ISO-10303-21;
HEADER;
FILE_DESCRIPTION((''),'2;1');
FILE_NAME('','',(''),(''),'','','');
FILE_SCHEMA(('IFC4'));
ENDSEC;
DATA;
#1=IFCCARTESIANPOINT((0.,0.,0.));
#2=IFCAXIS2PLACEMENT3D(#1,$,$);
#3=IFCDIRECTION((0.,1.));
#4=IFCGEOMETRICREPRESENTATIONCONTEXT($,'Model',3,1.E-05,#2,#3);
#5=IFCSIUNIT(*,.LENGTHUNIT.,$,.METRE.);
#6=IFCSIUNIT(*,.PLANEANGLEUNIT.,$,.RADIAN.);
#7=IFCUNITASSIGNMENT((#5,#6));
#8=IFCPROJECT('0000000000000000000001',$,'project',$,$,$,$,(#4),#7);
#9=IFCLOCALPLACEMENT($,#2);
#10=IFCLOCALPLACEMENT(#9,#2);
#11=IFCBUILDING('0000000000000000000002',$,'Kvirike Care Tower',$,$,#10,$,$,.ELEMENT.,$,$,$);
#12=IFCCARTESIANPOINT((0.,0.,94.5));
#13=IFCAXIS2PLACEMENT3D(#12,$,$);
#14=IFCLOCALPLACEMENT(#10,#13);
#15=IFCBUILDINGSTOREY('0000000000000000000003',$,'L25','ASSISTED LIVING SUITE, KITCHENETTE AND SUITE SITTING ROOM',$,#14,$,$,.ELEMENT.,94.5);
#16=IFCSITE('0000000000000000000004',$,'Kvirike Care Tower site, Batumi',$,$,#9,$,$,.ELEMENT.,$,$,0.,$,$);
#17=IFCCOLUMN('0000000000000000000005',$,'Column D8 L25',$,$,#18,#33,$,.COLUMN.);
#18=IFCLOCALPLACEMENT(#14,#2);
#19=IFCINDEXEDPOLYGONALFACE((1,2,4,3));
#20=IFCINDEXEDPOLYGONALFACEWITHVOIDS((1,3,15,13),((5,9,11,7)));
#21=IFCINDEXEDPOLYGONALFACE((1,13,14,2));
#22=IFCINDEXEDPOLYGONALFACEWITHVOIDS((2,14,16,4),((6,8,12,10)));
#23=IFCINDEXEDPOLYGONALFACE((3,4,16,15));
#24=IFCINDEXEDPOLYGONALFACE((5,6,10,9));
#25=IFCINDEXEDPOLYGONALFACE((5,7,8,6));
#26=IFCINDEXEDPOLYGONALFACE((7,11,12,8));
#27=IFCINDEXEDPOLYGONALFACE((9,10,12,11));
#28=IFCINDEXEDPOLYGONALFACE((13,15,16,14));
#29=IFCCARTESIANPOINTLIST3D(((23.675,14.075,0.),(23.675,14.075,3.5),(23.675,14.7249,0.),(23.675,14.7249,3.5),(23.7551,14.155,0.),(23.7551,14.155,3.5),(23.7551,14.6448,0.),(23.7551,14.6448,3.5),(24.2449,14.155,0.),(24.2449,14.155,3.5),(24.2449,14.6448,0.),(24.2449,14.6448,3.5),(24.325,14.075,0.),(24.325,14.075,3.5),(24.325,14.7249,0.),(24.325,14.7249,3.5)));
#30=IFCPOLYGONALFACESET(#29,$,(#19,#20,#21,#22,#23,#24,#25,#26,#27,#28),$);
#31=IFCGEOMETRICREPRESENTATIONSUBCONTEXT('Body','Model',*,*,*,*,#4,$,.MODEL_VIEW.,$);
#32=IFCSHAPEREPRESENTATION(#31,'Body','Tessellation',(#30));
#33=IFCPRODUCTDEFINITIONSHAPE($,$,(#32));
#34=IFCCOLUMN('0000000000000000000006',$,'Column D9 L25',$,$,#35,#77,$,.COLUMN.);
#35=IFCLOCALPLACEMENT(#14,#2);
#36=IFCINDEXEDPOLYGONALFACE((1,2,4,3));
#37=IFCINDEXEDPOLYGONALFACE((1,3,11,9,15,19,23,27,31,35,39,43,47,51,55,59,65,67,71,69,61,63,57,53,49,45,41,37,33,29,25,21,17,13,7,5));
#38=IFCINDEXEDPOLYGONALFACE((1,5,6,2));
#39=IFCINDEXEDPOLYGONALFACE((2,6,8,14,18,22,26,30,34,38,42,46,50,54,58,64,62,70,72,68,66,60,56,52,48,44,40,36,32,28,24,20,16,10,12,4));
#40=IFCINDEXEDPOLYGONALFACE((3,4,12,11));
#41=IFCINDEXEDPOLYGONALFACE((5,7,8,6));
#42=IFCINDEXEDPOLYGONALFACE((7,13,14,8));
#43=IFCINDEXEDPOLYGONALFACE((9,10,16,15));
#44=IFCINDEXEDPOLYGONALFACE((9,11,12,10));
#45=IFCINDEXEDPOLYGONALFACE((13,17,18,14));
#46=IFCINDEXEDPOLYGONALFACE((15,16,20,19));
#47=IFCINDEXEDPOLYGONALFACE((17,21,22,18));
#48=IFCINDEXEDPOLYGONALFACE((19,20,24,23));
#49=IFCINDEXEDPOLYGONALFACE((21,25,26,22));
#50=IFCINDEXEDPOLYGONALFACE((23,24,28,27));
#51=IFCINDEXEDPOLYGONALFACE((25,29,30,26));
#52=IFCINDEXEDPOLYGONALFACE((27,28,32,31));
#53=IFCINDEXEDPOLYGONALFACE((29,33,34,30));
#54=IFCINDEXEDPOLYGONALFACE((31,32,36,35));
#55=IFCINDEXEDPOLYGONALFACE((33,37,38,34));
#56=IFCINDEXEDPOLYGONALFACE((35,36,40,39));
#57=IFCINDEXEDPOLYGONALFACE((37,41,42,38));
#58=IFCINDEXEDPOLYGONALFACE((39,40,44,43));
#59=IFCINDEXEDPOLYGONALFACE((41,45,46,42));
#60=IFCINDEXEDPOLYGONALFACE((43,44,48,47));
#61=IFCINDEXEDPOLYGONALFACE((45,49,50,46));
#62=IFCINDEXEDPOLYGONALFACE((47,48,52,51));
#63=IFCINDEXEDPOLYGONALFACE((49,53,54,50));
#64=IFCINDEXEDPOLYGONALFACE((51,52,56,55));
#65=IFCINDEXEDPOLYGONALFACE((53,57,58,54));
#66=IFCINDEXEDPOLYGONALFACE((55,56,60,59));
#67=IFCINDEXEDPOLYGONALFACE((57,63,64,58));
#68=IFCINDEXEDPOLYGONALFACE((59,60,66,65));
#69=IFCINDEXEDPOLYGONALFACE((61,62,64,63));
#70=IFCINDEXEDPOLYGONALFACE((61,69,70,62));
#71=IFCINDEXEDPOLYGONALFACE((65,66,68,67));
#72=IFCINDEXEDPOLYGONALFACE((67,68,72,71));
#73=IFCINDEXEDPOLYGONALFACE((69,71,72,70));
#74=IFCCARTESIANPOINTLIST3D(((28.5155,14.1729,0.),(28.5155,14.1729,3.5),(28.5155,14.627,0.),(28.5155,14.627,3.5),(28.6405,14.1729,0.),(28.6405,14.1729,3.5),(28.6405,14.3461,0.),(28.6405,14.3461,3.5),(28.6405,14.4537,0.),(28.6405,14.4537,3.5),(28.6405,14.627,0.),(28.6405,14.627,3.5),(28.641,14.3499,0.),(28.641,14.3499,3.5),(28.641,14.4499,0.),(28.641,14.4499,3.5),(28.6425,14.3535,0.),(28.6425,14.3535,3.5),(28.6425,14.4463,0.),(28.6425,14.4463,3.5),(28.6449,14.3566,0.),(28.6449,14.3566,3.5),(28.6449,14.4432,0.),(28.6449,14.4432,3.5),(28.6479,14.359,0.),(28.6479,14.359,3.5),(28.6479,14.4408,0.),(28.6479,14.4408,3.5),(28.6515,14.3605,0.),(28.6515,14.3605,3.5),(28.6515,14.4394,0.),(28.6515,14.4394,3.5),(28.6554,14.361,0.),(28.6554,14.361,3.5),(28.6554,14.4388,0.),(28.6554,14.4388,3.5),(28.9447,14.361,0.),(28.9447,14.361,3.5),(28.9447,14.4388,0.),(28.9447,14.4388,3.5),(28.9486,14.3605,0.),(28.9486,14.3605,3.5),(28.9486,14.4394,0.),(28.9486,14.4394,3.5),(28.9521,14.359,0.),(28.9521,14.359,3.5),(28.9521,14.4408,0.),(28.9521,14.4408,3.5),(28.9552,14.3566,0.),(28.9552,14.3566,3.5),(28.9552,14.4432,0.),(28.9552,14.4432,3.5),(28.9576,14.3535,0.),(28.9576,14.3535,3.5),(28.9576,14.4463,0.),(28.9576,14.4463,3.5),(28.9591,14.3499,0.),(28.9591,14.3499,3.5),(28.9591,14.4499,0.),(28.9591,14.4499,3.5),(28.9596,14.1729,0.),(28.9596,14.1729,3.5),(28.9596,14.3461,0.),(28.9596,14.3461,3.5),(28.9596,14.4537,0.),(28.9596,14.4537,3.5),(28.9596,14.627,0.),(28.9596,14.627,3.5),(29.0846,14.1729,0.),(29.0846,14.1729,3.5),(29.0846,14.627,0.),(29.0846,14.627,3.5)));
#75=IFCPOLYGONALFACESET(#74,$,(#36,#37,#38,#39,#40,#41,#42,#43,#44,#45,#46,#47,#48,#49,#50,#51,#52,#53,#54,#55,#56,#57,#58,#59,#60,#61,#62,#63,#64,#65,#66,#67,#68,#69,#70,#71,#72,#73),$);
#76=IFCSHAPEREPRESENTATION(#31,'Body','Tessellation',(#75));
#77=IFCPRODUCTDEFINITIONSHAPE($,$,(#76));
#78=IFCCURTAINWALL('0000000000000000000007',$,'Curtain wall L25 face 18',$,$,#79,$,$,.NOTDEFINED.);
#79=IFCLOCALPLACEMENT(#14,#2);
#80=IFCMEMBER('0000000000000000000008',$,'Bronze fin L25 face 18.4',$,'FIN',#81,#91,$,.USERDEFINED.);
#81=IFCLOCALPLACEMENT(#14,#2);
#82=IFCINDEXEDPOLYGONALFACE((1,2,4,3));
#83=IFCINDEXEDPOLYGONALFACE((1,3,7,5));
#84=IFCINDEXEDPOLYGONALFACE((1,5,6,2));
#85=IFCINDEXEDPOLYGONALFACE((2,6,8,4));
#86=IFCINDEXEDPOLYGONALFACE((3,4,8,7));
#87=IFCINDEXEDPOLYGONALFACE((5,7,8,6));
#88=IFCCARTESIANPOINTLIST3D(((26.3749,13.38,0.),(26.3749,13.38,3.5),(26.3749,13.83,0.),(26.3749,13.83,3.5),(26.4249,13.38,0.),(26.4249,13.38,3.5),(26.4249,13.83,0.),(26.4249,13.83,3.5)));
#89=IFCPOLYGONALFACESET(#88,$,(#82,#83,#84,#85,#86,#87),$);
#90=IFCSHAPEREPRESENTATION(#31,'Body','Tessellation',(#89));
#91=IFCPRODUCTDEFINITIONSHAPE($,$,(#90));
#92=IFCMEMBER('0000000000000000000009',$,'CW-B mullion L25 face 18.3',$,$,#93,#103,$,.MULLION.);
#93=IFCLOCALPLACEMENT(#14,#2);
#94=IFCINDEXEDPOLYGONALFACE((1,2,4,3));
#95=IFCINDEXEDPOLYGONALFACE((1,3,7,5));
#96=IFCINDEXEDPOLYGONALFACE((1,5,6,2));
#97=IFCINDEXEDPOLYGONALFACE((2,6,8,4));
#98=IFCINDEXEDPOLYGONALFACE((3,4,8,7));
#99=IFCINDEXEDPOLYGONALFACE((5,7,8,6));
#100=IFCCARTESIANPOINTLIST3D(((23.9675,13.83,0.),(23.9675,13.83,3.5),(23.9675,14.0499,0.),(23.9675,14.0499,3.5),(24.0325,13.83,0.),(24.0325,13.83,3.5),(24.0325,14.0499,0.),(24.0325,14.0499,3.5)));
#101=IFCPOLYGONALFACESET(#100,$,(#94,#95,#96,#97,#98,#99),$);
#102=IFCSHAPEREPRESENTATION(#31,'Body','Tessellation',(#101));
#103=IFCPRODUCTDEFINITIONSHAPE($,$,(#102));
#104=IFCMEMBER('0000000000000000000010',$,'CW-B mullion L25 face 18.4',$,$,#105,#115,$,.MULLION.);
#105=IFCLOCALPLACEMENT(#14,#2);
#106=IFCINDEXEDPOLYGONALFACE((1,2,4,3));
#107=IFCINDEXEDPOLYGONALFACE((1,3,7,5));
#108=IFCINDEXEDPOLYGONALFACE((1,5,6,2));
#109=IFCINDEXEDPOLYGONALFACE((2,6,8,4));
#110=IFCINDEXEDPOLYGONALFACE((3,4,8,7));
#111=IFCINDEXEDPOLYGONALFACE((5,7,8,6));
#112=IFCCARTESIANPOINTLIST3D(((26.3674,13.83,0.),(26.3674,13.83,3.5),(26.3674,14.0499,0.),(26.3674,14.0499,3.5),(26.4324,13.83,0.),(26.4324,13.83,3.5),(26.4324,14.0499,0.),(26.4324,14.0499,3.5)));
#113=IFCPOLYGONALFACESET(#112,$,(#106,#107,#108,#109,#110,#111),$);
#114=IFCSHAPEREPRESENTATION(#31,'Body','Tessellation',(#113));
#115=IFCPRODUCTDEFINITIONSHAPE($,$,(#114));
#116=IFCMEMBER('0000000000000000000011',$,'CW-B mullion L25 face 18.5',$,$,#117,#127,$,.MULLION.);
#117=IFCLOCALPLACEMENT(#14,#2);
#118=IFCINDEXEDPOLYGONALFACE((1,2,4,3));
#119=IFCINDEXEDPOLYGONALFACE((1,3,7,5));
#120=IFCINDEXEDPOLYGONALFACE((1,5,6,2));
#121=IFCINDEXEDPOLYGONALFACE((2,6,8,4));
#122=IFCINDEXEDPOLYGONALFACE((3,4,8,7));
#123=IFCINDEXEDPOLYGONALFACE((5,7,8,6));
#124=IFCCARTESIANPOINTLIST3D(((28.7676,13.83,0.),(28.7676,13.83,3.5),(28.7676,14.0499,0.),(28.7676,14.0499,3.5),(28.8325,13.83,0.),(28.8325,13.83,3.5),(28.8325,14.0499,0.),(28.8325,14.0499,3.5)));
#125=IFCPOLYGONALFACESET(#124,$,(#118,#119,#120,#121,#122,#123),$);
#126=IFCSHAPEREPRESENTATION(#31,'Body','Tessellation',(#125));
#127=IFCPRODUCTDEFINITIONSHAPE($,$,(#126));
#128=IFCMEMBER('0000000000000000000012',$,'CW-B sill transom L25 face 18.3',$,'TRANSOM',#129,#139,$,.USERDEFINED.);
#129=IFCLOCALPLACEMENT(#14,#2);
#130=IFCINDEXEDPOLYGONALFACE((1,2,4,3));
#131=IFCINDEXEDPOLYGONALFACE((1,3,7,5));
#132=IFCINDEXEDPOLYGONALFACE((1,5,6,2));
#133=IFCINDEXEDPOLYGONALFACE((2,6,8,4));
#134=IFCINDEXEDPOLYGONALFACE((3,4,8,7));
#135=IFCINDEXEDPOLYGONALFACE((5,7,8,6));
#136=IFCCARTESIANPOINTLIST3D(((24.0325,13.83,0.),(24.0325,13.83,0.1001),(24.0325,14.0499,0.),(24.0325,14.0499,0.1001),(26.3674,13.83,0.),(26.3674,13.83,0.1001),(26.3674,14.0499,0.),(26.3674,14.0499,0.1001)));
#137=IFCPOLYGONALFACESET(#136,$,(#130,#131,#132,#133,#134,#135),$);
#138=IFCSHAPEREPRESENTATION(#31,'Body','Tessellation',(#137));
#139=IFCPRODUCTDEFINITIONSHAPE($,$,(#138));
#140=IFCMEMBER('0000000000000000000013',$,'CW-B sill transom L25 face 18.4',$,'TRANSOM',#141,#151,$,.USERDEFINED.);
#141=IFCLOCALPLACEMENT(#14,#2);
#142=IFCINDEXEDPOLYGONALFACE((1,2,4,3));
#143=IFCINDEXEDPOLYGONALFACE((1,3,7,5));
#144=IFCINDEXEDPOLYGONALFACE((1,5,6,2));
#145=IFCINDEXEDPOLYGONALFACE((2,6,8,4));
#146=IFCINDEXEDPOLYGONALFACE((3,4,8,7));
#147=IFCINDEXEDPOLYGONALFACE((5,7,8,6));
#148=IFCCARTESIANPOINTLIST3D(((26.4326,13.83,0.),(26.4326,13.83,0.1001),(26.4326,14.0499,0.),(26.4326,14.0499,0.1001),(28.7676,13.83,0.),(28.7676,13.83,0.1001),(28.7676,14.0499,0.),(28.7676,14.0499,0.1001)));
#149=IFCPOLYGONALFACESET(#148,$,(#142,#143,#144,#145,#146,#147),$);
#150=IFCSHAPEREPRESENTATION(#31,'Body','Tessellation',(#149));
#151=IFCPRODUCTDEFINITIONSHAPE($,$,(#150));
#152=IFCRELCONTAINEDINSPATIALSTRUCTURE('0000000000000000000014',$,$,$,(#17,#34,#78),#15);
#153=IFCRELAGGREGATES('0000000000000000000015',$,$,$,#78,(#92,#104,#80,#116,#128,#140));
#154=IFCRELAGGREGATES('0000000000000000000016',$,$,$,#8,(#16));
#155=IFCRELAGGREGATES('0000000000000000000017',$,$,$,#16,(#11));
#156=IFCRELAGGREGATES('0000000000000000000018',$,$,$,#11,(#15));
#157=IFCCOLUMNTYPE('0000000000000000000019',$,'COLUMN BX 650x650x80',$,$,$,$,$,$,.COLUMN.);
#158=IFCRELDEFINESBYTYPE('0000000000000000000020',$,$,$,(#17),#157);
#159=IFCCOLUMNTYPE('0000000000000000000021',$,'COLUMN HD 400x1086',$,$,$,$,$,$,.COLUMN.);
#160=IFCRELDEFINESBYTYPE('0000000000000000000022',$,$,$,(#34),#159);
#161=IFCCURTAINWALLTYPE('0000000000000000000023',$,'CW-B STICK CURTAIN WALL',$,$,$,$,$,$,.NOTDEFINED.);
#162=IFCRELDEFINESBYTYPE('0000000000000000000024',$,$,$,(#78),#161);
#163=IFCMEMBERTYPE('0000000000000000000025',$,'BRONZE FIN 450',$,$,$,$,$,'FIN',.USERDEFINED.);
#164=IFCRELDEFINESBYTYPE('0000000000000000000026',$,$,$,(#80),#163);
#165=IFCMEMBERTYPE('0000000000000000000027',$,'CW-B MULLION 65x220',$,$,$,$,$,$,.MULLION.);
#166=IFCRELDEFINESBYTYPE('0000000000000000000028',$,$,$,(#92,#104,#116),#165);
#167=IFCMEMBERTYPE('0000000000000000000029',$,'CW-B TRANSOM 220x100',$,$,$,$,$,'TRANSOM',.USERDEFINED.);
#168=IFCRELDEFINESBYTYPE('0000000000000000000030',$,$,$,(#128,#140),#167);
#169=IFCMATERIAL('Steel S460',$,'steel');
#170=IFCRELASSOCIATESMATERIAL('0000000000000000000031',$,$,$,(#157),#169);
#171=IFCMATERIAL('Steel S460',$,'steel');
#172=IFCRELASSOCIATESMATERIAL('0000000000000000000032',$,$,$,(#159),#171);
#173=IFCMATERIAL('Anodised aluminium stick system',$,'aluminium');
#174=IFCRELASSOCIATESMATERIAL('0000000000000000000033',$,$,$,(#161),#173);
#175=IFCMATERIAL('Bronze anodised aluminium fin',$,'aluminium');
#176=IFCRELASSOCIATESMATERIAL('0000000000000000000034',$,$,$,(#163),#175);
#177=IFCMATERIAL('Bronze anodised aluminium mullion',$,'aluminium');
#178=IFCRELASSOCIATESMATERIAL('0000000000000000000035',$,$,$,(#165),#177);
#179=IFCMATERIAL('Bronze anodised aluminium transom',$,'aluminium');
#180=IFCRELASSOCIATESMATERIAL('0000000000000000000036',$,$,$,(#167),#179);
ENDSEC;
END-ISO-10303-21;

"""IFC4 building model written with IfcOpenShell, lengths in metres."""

from ifc_helpers import new_model, si_unit, direction, frame, origin, origin_2d, place, context, subcontext, project, spatial, rectangle, hollow_rectangle, i_section, extrude, material, material_profile, profile_set, type_object, element, aggregate, save


model = new_model("IFC4")

# Units and contexts
model_context = context("Model", 3, precision=1e-05, world=origin(), true_north=direction((0.0, 1.0)))
body_context = subcontext(model_context, "Body", "Model", "MODEL_VIEW")
ifc_project = project(units=[si_unit("LENGTHUNIT", "METRE"), si_unit("PLANEANGLEUNIT", "RADIAN")], contexts=[model_context])

# Site, building, storey
site_placement = place(None, origin())
site = spatial("IfcSite", under=ifc_project, at=site_placement, Name="Kvirike Care Tower site, Batumi", CompositionType="ELEMENT", RefElevation=0.0)
building_placement = place(site_placement, origin())
building = spatial("IfcBuilding", under=site, at=building_placement, Name="Kvirike Care Tower", CompositionType="ELEMENT")
storey_placement = place(building_placement, frame((0.0, 0.0, 94.5)))
storey = spatial("IfcBuildingStorey", under=building, at=storey_placement, Name="L25", Description="ASSISTED LIVING SUITE, KITCHENETTE AND SUITE SITTING ROOM", CompositionType="ELEMENT", Elevation=94.5)

# Columns
ifc_material_1 = material(Name="Steel S460", Category="steel")
ifc_material_profile_1 = material_profile(ifc_material_1, hollow_rectangle(XDim=0.6499, YDim=0.6499, WallThickness=0.0801, at=origin_2d()), Name="BX 650x650x80")
ifc_profile_set_1 = profile_set([ifc_material_profile_1], Name="Steel S460")
column_type_1 = type_object("IfcColumnType", Name="COLUMN BX 650x650x80", PredefinedType="COLUMN", material=ifc_profile_set_1)
column_1_placement = place(storey_placement, frame((24.0, 14.3999, 0.0), z_axis=(0.0, 0.0, 1.0), x_axis=(0.0, 1.0, 0.0)))
element("IfcColumn", 1, at=column_1_placement, inside=storey, type_object=column_type_1, Name="Column D8 L25", PredefinedType="COLUMN", context=body_context, shape_type="SweptSolid", body=[
    extrude(hollow_rectangle(XDim=0.6499, YDim=0.6499, WallThickness=0.0801, at=origin_2d()), origin(), (0.0, 0.0, 1.0), 3.5),
])
ifc_material_2 = material(Name="Steel S460", Category="steel")
ifc_material_profile_2 = material_profile(ifc_material_2, i_section(OverallWidth=0.4541, OverallDepth=0.5691, WebThickness=0.0779, FlangeThickness=0.125, FilletRadius=0.0149, at=origin_2d()), Name="HD 400x1086")
ifc_profile_set_2 = profile_set([ifc_material_profile_2], Name="Steel S460")
column_type_2 = type_object("IfcColumnType", Name="COLUMN HD 400x1086", PredefinedType="COLUMN", material=ifc_profile_set_2)
column_2_placement = place(storey_placement, frame((28.8, 14.3999, 0.0), z_axis=(0.0, 0.0, 1.0), x_axis=(0.0, 1.0, 0.0)))
element("IfcColumn", 2, at=column_2_placement, inside=storey, type_object=column_type_2, Name="Column D9 L25", PredefinedType="COLUMN", context=body_context, shape_type="SweptSolid", body=[
    extrude(i_section(OverallWidth=0.4541, OverallDepth=0.5691, WebThickness=0.0779, FlangeThickness=0.125, FilletRadius=0.0149, at=origin_2d()), origin(), (0.0, 0.0, 1.0), 3.5),
])

# Curtain wall, members
ifc_material_3 = material(Name="Anodised aluminium stick system", Category="aluminium")
curtain_wall_type = type_object("IfcCurtainWallType", Name="CW-B STICK CURTAIN WALL", PredefinedType="NOTDEFINED", material=ifc_material_3)
curtain_wall_placement = place(storey_placement, origin())
curtain_wall = element("IfcCurtainWall", 3, at=curtain_wall_placement, inside=storey, type_object=curtain_wall_type, Name="Curtain wall L25 face 18", PredefinedType="NOTDEFINED")
ifc_material_4 = material(Name="Bronze anodised aluminium fin", Category="aluminium")
ifc_material_profile_3 = material_profile(ifc_material_4, rectangle(XDim=0.05, YDim=0.45, at=origin_2d()), Name="BRONZE FIN 450")
ifc_profile_set_3 = profile_set([ifc_material_profile_3], Name="Bronze anodised aluminium fin")
member_type_1 = type_object("IfcMemberType", Name="BRONZE FIN 450", ElementType="FIN", PredefinedType="USERDEFINED", material=ifc_profile_set_3)
member_1_placement = place(storey_placement, frame((26.3999, 13.605, 0.0), z_axis=(0.0, 0.0, 1.0), x_axis=(1.0, 0.0, 0.0)))
member_1 = element("IfcMember", 4, at=member_1_placement, type_object=member_type_1, Name="Bronze fin L25 face 18.4", ObjectType="FIN", PredefinedType="USERDEFINED", context=body_context, shape_type="SweptSolid", body=[
    extrude(rectangle(XDim=0.05, YDim=0.45, at=origin_2d()), origin(), (0.0, 0.0, 1.0), 3.5),
])
ifc_material_5 = material(Name="Bronze anodised aluminium mullion", Category="aluminium")
ifc_material_profile_4 = material_profile(ifc_material_5, rectangle(XDim=0.0649, YDim=0.22, at=origin_2d()), Name="CW-B MULLION 65x220")
ifc_profile_set_4 = profile_set([ifc_material_profile_4], Name="Bronze anodised aluminium mullion")
member_type_2 = type_object("IfcMemberType", Name="CW-B MULLION 65x220", PredefinedType="MULLION", material=ifc_profile_set_4)
member_2_placement = place(storey_placement, frame((24.0, 13.9399, 0.0), z_axis=(0.0, 0.0, 1.0), x_axis=(1.0, 0.0, 0.0)))
member_2 = element("IfcMember", 5, at=member_2_placement, type_object=member_type_2, Name="CW-B mullion L25 face 18.3", PredefinedType="MULLION", context=body_context, shape_type="SweptSolid", body=[
    extrude(rectangle(XDim=0.0649, YDim=0.22, at=origin_2d()), origin(), (0.0, 0.0, 1.0), 3.5),
])
member_3_placement = place(storey_placement, frame((26.3999, 13.9399, 0.0), z_axis=(0.0, 0.0, 1.0), x_axis=(1.0, 0.0, 0.0)))
member_3 = element("IfcMember", 6, at=member_3_placement, type_object=member_type_2, Name="CW-B mullion L25 face 18.4", PredefinedType="MULLION", context=body_context, shape_type="SweptSolid", body=[
    extrude(rectangle(XDim=0.0649, YDim=0.22, at=origin_2d()), origin(), (0.0, 0.0, 1.0), 3.5),
])
member_4_placement = place(storey_placement, frame((28.8, 13.9399, 0.0), z_axis=(0.0, 0.0, 1.0), x_axis=(1.0, 0.0, 0.0)))
member_4 = element("IfcMember", 7, at=member_4_placement, type_object=member_type_2, Name="CW-B mullion L25 face 18.5", PredefinedType="MULLION", context=body_context, shape_type="SweptSolid", body=[
    extrude(rectangle(XDim=0.0649, YDim=0.22, at=origin_2d()), origin(), (0.0, 0.0, 1.0), 3.5),
])
ifc_material_6 = material(Name="Bronze anodised aluminium transom", Category="aluminium")
ifc_material_profile_5 = material_profile(ifc_material_6, rectangle(XDim=0.22, YDim=0.1001, at=origin_2d()), Name="CW-B TRANSOM 220x100")
ifc_profile_set_5 = profile_set([ifc_material_profile_5], Name="Bronze anodised aluminium transom")
member_type_3 = type_object("IfcMemberType", Name="CW-B TRANSOM 220x100", ElementType="TRANSOM", PredefinedType="USERDEFINED", material=ifc_profile_set_5)
member_5_placement = place(storey_placement, frame((24.0325, 13.9399, 0.05), z_axis=(1.0, 0.0, 0.0), x_axis=(0.0, 1.0, 0.0)))
member_5 = element("IfcMember", 8, at=member_5_placement, type_object=member_type_3, Name="CW-B sill transom L25 face 18.3", ObjectType="TRANSOM", PredefinedType="USERDEFINED", context=body_context, shape_type="SweptSolid", body=[
    extrude(rectangle(XDim=0.22, YDim=0.1001, at=origin_2d()), origin(), (0.0, 0.0, 1.0), 2.335),
])
member_6_placement = place(storey_placement, frame((26.4326, 13.9399, 0.05), z_axis=(1.0, 0.0, 0.0), x_axis=(0.0, 1.0, 0.0)))
member_6 = element("IfcMember", 9, at=member_6_placement, type_object=member_type_3, Name="CW-B sill transom L25 face 18.4", ObjectType="TRANSOM", PredefinedType="USERDEFINED", context=body_context, shape_type="SweptSolid", body=[
    extrude(rectangle(XDim=0.22, YDim=0.1001, at=origin_2d()), origin(), (0.0, 0.0, 1.0), 2.335),
])

aggregate(curtain_wall, [member_2, member_3, member_1, member_4, member_5, member_6])

save(model, "model.ifc")
